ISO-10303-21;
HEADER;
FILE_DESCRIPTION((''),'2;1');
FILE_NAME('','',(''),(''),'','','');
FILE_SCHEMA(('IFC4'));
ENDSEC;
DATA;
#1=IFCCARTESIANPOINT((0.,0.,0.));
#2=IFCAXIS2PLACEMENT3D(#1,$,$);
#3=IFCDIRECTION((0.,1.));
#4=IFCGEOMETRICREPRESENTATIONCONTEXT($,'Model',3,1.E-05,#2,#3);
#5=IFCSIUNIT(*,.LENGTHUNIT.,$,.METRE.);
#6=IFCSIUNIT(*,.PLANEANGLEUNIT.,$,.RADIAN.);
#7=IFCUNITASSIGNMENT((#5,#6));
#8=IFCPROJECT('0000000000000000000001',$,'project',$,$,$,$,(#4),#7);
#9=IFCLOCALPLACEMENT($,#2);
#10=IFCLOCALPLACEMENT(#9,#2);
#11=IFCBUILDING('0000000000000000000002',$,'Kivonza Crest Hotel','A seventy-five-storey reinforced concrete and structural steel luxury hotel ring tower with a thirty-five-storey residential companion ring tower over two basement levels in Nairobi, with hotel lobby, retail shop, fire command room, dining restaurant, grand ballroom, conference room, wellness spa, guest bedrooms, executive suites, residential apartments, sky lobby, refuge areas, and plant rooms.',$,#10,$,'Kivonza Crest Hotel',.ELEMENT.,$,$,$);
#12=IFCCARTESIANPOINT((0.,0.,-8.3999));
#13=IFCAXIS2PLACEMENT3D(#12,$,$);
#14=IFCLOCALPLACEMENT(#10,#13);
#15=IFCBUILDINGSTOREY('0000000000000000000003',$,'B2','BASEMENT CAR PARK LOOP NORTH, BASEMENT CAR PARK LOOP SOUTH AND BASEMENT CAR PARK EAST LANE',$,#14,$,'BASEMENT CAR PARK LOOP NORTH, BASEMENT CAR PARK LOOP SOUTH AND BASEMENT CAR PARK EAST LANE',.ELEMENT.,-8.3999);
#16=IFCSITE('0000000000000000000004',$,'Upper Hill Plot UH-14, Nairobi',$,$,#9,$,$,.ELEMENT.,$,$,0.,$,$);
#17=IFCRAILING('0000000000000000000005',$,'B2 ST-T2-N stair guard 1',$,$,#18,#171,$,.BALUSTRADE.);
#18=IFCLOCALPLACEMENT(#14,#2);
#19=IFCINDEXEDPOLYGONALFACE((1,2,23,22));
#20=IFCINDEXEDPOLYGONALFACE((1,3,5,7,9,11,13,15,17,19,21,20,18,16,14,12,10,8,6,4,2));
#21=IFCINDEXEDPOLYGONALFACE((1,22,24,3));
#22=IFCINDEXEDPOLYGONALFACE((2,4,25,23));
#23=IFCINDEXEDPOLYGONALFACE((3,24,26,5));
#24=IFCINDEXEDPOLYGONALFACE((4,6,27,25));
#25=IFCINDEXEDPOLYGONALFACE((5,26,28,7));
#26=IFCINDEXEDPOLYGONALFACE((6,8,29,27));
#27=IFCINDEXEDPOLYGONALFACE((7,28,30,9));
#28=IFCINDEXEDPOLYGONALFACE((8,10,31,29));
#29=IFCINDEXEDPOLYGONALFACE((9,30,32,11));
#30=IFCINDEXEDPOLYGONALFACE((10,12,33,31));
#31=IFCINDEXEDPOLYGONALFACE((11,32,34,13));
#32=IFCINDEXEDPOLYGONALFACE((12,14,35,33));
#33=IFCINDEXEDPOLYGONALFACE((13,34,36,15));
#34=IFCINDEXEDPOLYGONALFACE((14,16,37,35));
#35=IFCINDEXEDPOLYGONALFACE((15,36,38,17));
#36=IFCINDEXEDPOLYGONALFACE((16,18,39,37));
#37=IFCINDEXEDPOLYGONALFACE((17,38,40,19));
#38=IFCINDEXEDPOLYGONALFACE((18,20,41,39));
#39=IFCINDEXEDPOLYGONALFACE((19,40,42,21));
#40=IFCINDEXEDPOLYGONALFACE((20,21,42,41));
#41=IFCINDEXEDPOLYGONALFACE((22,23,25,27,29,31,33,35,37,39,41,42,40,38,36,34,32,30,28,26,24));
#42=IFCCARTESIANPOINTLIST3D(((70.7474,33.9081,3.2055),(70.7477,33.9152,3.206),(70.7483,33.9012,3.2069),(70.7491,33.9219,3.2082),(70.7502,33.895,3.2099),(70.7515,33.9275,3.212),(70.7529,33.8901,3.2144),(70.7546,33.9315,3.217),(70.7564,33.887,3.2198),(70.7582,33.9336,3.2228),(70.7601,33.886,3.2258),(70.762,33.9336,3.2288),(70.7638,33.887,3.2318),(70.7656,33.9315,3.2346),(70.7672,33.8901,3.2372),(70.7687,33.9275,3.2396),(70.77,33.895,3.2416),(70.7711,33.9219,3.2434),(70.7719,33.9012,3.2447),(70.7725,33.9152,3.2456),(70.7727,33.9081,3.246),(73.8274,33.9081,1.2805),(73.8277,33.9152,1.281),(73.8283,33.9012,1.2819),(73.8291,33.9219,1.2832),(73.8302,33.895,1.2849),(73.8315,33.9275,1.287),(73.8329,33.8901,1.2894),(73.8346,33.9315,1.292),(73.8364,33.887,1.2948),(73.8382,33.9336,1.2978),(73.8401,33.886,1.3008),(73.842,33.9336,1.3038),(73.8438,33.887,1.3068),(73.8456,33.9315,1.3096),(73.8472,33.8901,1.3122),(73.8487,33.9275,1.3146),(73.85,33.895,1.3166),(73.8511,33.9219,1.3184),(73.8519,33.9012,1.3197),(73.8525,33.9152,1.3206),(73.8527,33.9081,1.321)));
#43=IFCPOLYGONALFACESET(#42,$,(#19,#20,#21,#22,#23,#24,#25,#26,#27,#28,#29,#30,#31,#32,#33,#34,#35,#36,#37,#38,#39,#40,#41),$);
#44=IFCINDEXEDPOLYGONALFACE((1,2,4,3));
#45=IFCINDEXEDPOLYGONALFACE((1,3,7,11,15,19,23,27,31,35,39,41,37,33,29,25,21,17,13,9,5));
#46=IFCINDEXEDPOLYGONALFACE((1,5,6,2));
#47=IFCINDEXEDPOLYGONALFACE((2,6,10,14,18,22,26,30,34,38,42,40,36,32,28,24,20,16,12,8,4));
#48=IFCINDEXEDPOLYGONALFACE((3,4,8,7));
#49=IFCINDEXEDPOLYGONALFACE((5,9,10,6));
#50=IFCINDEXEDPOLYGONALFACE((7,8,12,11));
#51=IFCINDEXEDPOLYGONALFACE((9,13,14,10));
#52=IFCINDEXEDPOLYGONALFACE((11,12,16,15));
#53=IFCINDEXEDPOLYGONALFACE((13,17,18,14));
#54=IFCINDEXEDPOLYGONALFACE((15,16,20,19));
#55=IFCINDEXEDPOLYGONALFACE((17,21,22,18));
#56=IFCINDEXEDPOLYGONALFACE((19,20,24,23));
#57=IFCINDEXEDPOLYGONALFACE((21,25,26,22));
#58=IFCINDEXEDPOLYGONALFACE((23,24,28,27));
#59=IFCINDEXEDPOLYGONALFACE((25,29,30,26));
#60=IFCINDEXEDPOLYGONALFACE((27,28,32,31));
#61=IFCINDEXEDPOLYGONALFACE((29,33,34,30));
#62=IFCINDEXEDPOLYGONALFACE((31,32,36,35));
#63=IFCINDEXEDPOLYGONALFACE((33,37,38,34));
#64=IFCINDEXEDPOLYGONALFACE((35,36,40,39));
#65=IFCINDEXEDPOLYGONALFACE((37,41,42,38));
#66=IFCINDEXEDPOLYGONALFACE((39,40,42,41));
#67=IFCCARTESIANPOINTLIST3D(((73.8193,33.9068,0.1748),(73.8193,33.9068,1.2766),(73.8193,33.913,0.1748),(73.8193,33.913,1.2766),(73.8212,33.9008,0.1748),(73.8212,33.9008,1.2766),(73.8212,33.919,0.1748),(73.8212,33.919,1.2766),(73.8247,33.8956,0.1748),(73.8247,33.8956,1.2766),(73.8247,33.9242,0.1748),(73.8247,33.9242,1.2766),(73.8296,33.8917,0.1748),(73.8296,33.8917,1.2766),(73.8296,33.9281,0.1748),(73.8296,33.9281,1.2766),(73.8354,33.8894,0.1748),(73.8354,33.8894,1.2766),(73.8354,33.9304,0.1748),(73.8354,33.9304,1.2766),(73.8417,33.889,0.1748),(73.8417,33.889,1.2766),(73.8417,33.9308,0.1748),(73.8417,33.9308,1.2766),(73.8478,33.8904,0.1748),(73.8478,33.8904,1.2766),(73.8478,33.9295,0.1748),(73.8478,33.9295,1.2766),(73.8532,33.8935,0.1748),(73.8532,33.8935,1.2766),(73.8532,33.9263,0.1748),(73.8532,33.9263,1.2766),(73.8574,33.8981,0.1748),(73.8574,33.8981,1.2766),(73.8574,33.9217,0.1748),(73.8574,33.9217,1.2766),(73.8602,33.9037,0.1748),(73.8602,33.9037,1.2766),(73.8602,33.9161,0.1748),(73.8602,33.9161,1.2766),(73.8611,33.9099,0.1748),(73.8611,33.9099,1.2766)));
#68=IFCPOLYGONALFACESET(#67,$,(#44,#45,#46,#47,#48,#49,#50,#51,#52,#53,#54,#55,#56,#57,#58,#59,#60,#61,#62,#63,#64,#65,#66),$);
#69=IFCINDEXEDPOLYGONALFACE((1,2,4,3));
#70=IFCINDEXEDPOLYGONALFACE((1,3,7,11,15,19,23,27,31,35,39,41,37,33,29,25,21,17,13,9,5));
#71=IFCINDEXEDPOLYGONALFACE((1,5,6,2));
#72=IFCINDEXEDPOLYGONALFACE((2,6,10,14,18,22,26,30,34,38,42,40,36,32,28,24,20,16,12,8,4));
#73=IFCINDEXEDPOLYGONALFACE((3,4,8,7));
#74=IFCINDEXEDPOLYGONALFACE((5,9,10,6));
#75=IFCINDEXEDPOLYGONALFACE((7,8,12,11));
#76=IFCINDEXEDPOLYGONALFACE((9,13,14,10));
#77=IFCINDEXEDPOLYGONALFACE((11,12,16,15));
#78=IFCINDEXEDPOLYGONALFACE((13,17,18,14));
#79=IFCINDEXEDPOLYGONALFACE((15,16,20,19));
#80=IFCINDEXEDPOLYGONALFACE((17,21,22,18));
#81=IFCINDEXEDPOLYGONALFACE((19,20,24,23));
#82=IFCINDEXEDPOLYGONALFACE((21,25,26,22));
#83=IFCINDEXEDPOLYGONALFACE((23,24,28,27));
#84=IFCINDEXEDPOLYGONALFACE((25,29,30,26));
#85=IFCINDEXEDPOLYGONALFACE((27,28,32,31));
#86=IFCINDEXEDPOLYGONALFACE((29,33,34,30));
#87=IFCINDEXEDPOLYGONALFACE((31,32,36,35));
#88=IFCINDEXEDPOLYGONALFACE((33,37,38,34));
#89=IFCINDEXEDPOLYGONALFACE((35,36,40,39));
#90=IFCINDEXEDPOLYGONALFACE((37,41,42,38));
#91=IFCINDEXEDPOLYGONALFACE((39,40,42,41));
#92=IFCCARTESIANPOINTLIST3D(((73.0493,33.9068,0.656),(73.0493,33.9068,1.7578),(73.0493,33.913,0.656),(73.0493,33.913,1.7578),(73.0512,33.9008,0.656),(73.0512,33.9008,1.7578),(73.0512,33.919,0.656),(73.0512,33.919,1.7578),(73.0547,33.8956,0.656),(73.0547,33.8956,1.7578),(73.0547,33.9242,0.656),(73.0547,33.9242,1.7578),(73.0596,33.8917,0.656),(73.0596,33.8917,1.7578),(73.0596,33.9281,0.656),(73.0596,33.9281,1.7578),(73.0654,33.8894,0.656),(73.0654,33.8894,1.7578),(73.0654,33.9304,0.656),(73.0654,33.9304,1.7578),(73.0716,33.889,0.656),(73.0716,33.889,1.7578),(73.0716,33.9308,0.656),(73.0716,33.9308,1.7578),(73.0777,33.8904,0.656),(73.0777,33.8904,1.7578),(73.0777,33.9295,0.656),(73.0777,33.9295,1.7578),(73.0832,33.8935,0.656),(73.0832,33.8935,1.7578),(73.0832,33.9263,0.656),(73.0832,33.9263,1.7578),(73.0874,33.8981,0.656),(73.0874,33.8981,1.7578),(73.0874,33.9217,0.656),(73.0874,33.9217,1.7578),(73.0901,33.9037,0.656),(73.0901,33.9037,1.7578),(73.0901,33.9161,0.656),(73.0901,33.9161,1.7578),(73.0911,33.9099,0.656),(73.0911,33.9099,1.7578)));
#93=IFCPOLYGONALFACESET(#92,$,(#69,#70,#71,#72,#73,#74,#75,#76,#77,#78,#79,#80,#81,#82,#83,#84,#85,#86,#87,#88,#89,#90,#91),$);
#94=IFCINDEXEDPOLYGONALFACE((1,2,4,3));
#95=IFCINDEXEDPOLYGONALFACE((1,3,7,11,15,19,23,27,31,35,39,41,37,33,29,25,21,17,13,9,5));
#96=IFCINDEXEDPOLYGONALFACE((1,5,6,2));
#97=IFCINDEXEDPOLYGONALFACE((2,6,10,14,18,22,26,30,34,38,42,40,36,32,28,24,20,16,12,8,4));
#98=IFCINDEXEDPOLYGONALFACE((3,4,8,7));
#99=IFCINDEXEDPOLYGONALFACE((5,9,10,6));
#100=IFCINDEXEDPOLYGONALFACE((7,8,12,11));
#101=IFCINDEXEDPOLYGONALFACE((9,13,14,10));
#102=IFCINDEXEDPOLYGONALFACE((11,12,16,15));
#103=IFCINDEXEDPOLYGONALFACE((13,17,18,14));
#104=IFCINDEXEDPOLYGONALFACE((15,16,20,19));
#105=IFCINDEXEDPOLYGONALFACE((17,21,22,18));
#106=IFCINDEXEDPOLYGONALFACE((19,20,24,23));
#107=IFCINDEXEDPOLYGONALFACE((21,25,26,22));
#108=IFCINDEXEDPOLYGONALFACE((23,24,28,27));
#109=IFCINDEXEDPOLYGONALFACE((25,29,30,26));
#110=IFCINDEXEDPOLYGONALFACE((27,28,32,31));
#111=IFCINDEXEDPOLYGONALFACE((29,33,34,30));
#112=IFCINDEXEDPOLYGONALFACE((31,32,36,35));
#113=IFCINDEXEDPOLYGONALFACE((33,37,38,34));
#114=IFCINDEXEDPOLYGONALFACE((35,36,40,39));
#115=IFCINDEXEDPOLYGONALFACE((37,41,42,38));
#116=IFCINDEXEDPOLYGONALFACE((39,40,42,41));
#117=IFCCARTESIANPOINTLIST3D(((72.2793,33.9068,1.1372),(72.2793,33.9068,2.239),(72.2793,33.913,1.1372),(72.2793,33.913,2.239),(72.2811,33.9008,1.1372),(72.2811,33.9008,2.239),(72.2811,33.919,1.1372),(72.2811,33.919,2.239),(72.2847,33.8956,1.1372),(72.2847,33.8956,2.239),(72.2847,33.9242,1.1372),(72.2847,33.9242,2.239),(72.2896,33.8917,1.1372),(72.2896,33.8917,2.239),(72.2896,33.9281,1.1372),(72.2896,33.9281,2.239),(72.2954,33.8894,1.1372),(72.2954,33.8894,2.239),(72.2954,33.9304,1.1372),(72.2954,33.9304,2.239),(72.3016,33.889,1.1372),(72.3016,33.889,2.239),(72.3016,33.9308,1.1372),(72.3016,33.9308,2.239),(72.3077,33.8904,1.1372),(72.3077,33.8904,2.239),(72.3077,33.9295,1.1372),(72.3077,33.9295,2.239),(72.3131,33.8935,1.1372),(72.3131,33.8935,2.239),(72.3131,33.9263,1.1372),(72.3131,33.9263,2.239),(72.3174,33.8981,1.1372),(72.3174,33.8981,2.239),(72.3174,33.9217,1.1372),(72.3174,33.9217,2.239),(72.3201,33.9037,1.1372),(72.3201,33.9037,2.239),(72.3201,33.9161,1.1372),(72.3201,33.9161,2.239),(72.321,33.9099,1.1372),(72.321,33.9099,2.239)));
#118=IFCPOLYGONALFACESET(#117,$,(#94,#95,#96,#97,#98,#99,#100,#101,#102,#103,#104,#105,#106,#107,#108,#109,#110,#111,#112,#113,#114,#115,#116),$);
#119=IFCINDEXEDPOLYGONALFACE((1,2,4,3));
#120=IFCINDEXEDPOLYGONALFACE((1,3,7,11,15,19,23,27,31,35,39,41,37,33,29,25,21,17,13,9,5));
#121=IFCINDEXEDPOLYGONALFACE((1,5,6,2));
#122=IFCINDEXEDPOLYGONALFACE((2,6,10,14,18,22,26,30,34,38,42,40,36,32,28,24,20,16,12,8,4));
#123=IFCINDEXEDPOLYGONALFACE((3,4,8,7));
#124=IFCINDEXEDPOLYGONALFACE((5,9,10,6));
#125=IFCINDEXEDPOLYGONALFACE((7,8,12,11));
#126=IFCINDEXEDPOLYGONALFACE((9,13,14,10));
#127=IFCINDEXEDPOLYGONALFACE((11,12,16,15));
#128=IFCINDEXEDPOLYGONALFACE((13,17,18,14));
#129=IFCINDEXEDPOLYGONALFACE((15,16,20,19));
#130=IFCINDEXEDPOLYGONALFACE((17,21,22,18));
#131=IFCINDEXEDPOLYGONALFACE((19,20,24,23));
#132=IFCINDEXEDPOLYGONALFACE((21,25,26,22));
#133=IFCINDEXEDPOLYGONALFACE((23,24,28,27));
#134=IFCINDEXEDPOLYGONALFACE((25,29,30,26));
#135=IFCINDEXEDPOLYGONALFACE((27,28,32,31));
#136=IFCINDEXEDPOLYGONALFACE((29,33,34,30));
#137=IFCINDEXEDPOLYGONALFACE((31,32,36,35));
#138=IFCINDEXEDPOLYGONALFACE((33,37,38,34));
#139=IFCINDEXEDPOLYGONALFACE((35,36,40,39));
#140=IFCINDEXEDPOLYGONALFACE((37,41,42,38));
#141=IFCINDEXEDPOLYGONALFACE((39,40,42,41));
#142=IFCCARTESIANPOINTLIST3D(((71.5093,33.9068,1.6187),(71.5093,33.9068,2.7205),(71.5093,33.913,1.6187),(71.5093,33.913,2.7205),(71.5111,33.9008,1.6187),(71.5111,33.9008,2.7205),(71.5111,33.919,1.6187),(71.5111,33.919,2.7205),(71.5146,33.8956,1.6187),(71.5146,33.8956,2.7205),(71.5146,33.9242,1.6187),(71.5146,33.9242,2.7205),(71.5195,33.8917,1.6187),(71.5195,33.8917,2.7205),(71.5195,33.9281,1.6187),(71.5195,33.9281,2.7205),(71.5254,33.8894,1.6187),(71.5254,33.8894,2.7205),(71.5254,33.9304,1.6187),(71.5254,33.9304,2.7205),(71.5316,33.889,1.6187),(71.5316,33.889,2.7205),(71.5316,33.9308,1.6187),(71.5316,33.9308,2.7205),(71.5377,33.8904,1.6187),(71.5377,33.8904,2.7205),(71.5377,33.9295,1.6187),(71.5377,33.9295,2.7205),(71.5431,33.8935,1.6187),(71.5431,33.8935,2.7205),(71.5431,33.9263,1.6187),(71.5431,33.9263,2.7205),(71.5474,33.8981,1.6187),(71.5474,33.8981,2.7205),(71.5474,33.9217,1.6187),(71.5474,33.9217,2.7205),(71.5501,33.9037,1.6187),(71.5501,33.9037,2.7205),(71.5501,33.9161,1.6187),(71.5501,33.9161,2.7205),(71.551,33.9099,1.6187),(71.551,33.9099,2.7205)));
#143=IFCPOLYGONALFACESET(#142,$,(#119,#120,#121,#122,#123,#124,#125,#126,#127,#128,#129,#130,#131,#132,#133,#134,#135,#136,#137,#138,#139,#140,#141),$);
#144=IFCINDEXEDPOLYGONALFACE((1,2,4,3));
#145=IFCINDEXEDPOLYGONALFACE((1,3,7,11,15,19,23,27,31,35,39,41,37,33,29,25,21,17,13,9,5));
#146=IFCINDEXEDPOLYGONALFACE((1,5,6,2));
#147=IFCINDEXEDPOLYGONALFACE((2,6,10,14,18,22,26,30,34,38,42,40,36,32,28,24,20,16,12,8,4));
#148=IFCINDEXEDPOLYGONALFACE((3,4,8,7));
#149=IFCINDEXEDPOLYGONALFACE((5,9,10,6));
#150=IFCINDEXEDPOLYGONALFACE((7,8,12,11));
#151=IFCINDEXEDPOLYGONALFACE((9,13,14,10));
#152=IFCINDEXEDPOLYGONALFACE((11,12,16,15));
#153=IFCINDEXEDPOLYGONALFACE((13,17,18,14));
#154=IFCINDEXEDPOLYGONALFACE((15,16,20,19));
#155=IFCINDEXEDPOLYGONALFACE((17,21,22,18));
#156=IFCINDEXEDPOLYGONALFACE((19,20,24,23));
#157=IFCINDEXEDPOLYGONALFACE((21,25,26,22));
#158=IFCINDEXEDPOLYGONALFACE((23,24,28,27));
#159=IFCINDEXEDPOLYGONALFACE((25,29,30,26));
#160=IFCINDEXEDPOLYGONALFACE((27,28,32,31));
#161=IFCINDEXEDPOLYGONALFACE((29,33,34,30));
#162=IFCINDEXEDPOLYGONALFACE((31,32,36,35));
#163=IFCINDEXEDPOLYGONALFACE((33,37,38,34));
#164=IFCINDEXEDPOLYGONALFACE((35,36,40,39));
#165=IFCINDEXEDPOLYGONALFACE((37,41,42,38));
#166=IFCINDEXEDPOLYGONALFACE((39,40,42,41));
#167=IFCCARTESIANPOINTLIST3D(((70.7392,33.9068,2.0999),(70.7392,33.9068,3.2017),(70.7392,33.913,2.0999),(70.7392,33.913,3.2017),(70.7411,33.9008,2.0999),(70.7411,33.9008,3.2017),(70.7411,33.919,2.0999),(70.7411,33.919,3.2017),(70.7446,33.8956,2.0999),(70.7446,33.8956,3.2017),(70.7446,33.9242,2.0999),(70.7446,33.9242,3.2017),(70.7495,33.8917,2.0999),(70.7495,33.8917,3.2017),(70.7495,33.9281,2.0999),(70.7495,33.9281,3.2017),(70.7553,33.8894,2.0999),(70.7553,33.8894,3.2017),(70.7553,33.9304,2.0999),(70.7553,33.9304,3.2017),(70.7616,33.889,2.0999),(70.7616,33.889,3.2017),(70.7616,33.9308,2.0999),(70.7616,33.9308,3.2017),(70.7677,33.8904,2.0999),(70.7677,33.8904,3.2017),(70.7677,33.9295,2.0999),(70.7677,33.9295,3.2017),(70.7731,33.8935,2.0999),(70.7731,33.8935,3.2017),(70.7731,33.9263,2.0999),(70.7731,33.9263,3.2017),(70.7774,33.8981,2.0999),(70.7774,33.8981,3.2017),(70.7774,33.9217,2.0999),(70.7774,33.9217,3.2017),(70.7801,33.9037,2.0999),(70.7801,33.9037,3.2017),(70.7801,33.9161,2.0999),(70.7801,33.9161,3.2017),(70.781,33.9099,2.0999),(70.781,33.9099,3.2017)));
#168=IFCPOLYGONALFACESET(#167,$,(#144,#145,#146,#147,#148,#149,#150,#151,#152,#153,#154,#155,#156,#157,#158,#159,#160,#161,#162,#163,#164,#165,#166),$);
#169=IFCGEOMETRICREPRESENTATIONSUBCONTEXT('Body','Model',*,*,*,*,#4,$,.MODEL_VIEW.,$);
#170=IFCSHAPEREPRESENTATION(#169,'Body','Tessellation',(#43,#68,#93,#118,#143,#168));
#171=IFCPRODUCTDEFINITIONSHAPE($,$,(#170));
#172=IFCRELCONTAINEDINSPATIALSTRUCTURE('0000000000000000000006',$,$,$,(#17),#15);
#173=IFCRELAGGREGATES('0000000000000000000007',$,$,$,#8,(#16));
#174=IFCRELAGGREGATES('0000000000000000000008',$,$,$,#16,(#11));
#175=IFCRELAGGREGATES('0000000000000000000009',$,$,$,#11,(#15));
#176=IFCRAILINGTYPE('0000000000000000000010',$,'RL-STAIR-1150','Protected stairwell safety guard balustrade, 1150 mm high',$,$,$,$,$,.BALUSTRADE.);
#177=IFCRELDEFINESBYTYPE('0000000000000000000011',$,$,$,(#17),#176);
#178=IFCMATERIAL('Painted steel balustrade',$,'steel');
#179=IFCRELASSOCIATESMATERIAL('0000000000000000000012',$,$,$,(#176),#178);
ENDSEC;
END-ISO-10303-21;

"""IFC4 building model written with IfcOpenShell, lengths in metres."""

from ifc_helpers import new_model, si_unit, direction, frame, origin, origin_2d, place, context, subcontext, project, spatial, circle, extrude, material, type_object, element, save


model = new_model("IFC4")

# Units and contexts
model_context = context("Model", 3, precision=1e-05, world=origin(), true_north=direction((0.0, 1.0)))
body_context = subcontext(model_context, "Body", "Model", "MODEL_VIEW")
ifc_project = project(units=[si_unit("LENGTHUNIT", "METRE"), si_unit("PLANEANGLEUNIT", "RADIAN")], contexts=[model_context])

# Site, building, storey
site_placement = place(None, origin())
site = spatial("IfcSite", under=ifc_project, at=site_placement, Name="Upper Hill Plot UH-14, Nairobi", CompositionType="ELEMENT", RefElevation=0.0)
building_placement = place(site_placement, origin())
building = spatial("IfcBuilding", under=site, at=building_placement, Name="Kivonza Crest Hotel", Description="A seventy-five-storey reinforced concrete and structural steel luxury hotel ring tower with a thirty-five-storey residential companion ring tower over two basement levels in Nairobi, with hotel lobby, retail shop, fire command room, dining restaurant, grand ballroom, conference room, wellness spa, guest bedrooms, executive suites, residential apartments, sky lobby, refuge areas, and plant rooms.", LongName="Kivonza Crest Hotel", CompositionType="ELEMENT")
storey_placement = place(building_placement, frame((0.0, 0.0, -8.3999)))
storey = spatial("IfcBuildingStorey", under=building, at=storey_placement, Name="B2", Description="BASEMENT CAR PARK LOOP NORTH, BASEMENT CAR PARK LOOP SOUTH AND BASEMENT CAR PARK EAST LANE", LongName="BASEMENT CAR PARK LOOP NORTH, BASEMENT CAR PARK LOOP SOUTH AND BASEMENT CAR PARK EAST LANE", CompositionType="ELEMENT", Elevation=-8.3999)

# Railing
ifc_material_1 = material(Name="Painted steel balustrade", Category="steel")
railing_type_1 = type_object("IfcRailingType", Name="RL-STAIR-1150", Description="Protected stairwell safety guard balustrade, 1150 mm high", PredefinedType="BALUSTRADE", material=ifc_material_1)
railing_1_placement = place(storey_placement, frame((73.8401, 33.9099, 0.1748)))
element("IfcRailing", 1, at=railing_1_placement, inside=storey, type_object=railing_type_1, Name="B2 ST-T2-N stair guard 1", PredefinedType="BALUSTRADE", context=body_context, shape_type="SweptSolid", body=[
    extrude(circle(Radius=0.0239, at=origin_2d()), frame((0.0, 0.0, 1.126), z_axis=(-0.847998, 0.0, 0.529999), x_axis=(0.0, -1.0, 0.0)), (0.0, 0.0, 1.0), 3.6321),
    extrude(circle(Radius=0.021, at=origin_2d()), origin(), (0.0, 0.0, 1.0), 1.1018),
    extrude(circle(Radius=0.021, at=origin_2d()), frame((-0.77, 0.0, 0.4812)), (0.0, 0.0, 1.0), 1.1018),
    extrude(circle(Radius=0.021, at=origin_2d()), frame((-1.54, 0.0, 0.9624)), (0.0, 0.0, 1.0), 1.1018),
    extrude(circle(Radius=0.021, at=origin_2d()), frame((-2.3101, 0.0, 1.4438)), (0.0, 0.0, 1.0), 1.1018),
    extrude(circle(Radius=0.021, at=origin_2d()), frame((-3.0801, 0.0, 1.925)), (0.0, 0.0, 1.0), 1.1018),
])

save(model, "model.ifc")
